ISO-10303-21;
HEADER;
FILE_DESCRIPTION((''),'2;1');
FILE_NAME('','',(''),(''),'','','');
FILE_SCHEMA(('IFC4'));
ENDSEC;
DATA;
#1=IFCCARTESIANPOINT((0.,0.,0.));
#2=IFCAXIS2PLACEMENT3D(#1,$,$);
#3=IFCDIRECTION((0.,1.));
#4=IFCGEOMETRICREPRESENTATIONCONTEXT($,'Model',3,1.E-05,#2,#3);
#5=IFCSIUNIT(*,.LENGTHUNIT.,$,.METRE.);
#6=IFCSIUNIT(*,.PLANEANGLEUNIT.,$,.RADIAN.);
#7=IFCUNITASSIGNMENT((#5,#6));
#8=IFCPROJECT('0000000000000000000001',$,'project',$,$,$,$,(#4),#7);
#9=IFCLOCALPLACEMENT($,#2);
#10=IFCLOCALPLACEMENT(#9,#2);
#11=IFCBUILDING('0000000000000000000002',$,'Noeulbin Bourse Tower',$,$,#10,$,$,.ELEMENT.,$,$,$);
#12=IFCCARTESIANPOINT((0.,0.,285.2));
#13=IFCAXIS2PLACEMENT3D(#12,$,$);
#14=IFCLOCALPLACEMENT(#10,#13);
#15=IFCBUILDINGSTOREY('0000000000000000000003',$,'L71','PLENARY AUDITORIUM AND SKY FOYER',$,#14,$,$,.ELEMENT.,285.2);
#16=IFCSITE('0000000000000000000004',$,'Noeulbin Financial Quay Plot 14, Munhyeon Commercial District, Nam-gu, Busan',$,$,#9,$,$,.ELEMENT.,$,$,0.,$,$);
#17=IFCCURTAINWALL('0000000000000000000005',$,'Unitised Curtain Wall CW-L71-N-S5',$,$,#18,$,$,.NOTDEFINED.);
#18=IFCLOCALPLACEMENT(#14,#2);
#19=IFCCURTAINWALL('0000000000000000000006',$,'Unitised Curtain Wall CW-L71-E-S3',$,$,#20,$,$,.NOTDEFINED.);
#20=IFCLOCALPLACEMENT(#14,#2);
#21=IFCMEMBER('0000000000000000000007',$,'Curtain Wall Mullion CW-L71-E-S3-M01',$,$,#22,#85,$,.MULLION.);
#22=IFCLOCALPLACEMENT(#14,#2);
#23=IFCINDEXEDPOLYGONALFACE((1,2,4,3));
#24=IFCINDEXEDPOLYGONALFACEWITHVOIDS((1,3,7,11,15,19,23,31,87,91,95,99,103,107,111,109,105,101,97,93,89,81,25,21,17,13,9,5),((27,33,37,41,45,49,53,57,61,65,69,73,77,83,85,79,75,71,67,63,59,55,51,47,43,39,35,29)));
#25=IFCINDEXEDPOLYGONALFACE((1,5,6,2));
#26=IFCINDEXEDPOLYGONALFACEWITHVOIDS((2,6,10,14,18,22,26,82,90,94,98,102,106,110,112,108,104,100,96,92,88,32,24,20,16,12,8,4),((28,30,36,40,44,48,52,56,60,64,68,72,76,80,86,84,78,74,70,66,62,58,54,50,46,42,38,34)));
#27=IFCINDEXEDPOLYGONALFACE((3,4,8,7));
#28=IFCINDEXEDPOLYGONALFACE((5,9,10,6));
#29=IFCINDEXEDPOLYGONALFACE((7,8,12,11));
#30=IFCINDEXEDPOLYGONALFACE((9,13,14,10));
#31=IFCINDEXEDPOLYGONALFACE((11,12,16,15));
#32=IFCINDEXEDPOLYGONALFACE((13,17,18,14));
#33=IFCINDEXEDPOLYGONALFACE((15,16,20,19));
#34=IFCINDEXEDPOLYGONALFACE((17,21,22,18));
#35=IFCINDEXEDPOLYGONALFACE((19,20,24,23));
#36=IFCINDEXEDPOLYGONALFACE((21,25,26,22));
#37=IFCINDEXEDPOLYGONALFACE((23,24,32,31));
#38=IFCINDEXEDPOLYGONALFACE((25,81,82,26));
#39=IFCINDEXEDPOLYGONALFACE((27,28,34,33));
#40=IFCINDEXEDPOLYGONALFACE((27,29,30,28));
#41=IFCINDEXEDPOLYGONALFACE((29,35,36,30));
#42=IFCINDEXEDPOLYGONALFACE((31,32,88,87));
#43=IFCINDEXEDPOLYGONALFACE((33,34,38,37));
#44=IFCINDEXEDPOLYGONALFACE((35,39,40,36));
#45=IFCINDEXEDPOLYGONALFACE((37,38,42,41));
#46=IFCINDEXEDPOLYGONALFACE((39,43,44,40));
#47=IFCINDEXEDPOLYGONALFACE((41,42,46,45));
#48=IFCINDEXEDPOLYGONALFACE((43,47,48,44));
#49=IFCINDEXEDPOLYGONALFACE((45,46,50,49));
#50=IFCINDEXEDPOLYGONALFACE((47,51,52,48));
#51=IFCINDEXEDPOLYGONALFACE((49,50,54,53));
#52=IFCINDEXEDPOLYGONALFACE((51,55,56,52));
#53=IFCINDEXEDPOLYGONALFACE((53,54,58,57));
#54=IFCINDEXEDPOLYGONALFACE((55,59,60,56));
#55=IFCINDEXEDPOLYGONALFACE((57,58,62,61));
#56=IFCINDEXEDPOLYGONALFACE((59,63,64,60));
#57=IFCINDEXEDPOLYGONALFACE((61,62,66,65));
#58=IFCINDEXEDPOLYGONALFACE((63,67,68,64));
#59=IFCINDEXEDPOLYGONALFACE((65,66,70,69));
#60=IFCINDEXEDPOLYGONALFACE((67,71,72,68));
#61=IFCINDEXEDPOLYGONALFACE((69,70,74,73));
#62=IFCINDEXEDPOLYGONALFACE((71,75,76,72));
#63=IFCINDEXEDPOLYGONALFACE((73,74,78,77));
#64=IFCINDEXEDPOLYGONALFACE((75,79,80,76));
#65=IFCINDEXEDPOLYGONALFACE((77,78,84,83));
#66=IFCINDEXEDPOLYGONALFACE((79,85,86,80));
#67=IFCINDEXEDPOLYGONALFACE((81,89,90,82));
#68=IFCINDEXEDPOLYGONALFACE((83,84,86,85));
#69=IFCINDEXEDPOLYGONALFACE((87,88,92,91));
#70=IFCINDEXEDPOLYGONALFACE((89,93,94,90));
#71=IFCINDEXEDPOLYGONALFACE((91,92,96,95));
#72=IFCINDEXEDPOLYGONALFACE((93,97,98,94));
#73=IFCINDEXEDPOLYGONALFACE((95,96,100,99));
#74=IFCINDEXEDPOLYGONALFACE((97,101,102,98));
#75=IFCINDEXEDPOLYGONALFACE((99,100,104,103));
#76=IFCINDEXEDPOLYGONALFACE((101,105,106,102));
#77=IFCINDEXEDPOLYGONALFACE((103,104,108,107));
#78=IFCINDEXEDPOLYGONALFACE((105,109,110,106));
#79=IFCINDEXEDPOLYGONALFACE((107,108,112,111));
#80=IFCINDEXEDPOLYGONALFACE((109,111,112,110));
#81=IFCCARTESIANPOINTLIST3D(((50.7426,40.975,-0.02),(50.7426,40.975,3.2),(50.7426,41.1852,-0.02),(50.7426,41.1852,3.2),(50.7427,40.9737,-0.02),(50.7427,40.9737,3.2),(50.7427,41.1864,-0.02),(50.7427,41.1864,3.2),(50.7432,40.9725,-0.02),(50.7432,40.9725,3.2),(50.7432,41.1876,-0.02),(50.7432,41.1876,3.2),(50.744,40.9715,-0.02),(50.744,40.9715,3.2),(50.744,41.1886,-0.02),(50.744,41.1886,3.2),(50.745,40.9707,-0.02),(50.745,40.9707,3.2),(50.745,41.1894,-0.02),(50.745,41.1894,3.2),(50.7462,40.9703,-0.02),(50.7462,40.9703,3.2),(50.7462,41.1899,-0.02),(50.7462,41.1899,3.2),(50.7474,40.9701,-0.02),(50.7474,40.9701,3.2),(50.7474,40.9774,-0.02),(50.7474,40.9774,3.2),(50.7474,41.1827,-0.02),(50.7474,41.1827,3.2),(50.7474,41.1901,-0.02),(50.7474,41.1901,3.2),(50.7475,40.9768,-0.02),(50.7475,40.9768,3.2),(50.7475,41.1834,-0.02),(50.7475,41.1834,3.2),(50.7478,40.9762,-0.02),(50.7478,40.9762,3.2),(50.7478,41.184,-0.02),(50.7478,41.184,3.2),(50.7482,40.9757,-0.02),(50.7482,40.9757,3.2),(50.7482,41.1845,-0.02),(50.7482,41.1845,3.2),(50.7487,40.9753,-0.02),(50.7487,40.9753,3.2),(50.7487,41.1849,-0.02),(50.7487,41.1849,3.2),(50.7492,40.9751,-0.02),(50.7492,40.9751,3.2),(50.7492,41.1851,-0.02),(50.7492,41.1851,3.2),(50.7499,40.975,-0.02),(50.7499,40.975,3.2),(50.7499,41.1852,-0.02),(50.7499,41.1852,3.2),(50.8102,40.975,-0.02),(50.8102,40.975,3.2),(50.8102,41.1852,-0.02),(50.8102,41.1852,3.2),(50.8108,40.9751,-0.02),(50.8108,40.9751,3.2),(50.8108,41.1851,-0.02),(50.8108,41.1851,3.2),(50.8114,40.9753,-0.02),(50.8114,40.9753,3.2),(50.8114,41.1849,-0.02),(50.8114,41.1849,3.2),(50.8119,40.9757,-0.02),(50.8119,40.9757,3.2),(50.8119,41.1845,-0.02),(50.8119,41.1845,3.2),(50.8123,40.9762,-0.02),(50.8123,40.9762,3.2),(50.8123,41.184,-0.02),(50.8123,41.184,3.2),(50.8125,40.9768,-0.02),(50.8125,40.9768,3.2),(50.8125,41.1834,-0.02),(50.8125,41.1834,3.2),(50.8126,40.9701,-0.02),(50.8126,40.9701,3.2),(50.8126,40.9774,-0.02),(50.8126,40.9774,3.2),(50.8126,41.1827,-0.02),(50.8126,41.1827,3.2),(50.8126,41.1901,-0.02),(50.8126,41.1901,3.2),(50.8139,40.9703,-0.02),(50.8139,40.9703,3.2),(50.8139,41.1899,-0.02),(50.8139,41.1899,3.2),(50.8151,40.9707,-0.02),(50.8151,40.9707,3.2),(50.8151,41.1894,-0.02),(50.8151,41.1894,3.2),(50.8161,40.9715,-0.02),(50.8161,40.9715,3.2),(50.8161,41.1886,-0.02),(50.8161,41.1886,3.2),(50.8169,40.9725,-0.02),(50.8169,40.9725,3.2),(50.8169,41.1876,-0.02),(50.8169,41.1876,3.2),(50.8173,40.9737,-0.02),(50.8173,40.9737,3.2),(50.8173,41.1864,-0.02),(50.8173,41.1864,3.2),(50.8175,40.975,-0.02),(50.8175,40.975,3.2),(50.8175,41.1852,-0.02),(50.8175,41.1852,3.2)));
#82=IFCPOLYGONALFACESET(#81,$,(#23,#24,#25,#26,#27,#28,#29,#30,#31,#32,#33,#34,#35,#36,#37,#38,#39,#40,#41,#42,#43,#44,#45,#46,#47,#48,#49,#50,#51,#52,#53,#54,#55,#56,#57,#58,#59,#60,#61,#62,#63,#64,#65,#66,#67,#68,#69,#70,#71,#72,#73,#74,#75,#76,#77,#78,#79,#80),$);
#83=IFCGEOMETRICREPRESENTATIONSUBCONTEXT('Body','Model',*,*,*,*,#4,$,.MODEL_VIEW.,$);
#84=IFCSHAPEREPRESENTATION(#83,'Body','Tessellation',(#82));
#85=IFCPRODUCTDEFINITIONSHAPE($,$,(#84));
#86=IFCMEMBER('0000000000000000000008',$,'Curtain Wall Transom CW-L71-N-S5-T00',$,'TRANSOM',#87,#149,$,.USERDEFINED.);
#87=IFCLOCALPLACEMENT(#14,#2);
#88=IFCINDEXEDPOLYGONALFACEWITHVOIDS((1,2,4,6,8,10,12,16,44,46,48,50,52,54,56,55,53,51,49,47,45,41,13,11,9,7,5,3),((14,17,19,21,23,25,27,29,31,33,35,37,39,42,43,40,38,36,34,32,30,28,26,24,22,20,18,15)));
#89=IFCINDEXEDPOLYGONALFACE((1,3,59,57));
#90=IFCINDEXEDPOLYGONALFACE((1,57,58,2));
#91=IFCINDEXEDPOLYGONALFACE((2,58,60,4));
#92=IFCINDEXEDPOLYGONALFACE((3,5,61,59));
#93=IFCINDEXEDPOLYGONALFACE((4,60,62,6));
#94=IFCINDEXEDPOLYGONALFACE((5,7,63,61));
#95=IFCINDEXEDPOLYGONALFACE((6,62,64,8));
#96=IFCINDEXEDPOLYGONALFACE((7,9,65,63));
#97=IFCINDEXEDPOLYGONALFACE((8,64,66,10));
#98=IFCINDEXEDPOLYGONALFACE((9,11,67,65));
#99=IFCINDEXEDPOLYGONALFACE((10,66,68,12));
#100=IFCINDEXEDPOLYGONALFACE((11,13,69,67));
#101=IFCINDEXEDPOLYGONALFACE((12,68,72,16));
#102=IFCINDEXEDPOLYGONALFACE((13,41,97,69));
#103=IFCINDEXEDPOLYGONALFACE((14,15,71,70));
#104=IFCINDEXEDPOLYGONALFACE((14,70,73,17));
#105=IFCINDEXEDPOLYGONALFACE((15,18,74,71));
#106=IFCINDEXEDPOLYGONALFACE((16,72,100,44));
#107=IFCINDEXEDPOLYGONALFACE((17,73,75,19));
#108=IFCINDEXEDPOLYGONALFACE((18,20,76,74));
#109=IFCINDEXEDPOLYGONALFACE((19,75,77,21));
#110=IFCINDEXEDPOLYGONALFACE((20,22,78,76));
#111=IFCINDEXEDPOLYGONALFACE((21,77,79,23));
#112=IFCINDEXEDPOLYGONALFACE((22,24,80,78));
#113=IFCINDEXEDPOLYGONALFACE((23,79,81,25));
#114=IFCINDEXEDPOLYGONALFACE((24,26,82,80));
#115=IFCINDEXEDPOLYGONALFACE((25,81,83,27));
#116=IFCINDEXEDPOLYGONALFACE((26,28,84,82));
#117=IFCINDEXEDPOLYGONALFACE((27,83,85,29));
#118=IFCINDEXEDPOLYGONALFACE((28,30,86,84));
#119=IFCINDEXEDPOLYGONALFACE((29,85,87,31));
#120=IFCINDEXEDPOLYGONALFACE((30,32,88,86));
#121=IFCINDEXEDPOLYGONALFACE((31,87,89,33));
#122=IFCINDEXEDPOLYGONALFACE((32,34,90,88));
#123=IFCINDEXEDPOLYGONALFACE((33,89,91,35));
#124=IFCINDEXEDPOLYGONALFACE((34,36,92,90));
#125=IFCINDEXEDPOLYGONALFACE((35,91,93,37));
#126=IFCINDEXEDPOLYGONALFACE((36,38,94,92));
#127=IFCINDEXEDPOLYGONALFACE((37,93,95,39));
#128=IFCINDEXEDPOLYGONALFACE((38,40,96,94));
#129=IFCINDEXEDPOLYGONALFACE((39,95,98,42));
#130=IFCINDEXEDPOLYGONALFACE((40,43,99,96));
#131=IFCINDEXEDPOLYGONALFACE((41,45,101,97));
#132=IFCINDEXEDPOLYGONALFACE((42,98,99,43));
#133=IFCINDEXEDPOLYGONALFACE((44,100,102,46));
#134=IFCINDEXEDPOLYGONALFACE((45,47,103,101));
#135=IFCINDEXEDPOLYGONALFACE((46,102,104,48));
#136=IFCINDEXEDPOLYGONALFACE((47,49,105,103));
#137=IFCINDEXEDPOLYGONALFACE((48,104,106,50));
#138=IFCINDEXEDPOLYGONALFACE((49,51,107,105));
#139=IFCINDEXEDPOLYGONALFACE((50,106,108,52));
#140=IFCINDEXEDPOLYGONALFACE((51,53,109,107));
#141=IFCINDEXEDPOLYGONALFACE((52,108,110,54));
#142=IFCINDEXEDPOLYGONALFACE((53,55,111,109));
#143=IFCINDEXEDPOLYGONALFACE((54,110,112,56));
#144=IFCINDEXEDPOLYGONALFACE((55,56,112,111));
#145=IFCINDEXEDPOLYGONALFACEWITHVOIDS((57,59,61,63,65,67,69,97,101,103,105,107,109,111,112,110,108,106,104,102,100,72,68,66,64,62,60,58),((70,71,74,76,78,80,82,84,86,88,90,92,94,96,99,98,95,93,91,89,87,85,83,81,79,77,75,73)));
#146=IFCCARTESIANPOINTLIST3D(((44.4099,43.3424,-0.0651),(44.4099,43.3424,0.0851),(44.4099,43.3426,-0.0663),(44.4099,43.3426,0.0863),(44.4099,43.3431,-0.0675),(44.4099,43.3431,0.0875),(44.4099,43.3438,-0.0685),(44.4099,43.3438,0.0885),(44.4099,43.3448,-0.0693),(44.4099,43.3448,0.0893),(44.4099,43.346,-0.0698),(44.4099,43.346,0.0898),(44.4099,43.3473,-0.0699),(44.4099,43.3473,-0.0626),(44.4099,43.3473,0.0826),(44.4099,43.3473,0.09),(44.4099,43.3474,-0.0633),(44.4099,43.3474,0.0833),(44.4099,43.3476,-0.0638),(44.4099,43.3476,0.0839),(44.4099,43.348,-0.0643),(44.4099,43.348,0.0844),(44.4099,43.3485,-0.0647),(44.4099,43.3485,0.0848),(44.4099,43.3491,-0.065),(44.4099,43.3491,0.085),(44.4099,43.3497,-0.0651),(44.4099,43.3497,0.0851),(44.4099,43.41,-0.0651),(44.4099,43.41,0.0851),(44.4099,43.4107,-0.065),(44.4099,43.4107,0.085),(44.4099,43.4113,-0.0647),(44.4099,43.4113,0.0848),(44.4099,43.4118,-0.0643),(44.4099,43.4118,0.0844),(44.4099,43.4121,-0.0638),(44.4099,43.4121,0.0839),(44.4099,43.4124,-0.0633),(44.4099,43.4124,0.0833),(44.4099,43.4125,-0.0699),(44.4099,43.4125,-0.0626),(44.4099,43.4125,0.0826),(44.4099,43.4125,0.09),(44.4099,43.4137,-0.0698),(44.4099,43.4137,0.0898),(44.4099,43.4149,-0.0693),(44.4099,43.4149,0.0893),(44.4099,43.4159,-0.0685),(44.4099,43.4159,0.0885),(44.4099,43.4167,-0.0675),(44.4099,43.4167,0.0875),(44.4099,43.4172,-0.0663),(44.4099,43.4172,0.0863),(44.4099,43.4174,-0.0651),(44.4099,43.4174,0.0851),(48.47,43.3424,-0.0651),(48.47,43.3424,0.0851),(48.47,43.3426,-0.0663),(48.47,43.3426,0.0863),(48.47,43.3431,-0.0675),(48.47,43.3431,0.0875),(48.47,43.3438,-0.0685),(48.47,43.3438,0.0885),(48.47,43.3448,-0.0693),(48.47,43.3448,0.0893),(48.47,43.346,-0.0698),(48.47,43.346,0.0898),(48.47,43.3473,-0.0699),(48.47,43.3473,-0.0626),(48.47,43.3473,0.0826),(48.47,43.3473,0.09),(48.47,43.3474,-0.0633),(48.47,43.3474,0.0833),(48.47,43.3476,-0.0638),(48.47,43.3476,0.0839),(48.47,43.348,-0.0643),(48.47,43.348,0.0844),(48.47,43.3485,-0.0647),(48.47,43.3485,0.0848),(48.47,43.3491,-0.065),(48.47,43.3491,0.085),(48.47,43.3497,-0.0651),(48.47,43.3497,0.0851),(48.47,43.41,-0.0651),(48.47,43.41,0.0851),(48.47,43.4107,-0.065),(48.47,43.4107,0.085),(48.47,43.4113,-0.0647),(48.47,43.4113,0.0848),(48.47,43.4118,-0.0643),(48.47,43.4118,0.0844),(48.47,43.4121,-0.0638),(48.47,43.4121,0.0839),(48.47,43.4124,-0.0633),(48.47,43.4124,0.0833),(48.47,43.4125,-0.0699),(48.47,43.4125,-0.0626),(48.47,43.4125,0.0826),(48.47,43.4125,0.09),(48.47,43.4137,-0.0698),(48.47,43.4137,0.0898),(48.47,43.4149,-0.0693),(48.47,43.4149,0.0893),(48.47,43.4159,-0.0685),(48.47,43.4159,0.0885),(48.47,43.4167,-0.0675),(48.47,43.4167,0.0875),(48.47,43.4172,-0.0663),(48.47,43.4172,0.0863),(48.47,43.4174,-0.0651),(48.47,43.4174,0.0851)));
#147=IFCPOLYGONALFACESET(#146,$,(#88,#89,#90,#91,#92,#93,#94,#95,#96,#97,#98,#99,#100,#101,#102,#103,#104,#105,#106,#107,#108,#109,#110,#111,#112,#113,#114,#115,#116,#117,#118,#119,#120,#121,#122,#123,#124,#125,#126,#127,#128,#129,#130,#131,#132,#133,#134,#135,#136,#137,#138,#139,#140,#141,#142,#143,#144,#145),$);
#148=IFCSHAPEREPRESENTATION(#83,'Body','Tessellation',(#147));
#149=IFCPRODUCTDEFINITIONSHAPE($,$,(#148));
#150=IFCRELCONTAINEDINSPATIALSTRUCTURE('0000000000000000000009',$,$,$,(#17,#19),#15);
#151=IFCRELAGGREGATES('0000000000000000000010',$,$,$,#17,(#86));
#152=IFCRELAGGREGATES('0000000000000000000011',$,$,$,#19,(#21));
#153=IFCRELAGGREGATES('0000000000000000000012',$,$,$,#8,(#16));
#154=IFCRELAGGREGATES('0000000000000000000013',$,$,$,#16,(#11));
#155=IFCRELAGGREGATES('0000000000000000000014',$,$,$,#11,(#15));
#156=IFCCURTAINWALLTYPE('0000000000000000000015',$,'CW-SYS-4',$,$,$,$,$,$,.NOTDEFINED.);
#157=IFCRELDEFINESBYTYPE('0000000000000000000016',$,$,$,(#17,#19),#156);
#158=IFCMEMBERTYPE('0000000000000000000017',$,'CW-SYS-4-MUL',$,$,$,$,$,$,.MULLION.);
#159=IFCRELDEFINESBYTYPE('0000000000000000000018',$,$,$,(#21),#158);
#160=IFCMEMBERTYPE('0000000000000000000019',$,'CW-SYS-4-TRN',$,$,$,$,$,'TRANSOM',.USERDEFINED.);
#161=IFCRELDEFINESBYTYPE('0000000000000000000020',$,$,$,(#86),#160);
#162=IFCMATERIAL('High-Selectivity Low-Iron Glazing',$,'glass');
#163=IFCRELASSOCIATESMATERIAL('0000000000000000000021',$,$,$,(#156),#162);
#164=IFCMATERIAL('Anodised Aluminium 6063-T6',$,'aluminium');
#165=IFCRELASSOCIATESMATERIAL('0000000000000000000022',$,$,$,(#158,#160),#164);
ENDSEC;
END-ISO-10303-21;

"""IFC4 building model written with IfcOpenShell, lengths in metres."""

from ifc_helpers import new_model, si_unit, direction, frame, origin, origin_2d, place, context, subcontext, project, spatial, hollow_rectangle, extrude, material, material_profile, profile_set, type_object, element, aggregate, save


model = new_model("IFC4")

# Units and contexts
model_context = context("Model", 3, precision=1e-05, world=origin(), true_north=direction((0.0, 1.0)))
body_context = subcontext(model_context, "Body", "Model", "MODEL_VIEW")
ifc_project = project(units=[si_unit("LENGTHUNIT", "METRE"), si_unit("PLANEANGLEUNIT", "RADIAN")], contexts=[model_context])

# Site, building, storey
site_placement = place(None, origin())
site = spatial("IfcSite", under=ifc_project, at=site_placement, Name="Noeulbin Financial Quay Plot 14, Munhyeon Commercial District, Nam-gu, Busan", CompositionType="ELEMENT", RefElevation=0.0)
building_placement = place(site_placement, origin())
building = spatial("IfcBuilding", under=site, at=building_placement, Name="Noeulbin Bourse Tower", CompositionType="ELEMENT")
storey_placement = place(building_placement, frame((0.0, 0.0, 285.2)))
storey = spatial("IfcBuildingStorey", under=building, at=storey_placement, Name="L71", Description="PLENARY AUDITORIUM AND SKY FOYER", CompositionType="ELEMENT", Elevation=285.2)

# Shared definitions
ifc_material_1 = material(Name="High-Selectivity Low-Iron Glazing", Category="glass")
curtain_wall_type = type_object("IfcCurtainWallType", Name="CW-SYS-4", PredefinedType="NOTDEFINED", material=ifc_material_1)
ifc_material_2 = material(Name="Anodised Aluminium 6063-T6", Category="aluminium")
ifc_material_profile_1 = material_profile(ifc_material_2, hollow_rectangle(XDim=0.075, YDim=0.22, WallThickness=0.0049, InnerFilletRadius=0.0024, OuterFilletRadius=0.0049, at=origin_2d()), Name="ALU-MULL-75x220x5", Category="LoadBearing")
ifc_profile_set_1 = profile_set([ifc_material_profile_1], Name="Anodised Aluminium 6063-T6")
member_type_1 = type_object("IfcMemberType", Name="CW-SYS-4-MUL", PredefinedType="MULLION", material=ifc_profile_set_1)

# Curtain walls, member
curtain_wall_1_placement = place(storey_placement, origin())
curtain_wall_1 = element("IfcCurtainWall", 1, at=curtain_wall_1_placement, inside=storey, type_object=curtain_wall_type, Name="Unitised Curtain Wall CW-L71-N-S5", PredefinedType="NOTDEFINED")
curtain_wall_2_placement = place(storey_placement, origin())
curtain_wall_2 = element("IfcCurtainWall", 2, at=curtain_wall_2_placement, inside=storey, type_object=curtain_wall_type, Name="Unitised Curtain Wall CW-L71-E-S3", PredefinedType="NOTDEFINED")
member_1_placement = place(storey_placement, frame((50.78, 41.0801, -0.02), z_axis=(0.0, 0.0, 1.0), x_axis=(1.0, 0.0, 0.0)))
member_1 = element("IfcMember", 3, at=member_1_placement, type_object=member_type_1, Name="Curtain Wall Mullion CW-L71-E-S3-M01", PredefinedType="MULLION", context=body_context, shape_type="SweptSolid", body=[
    extrude(hollow_rectangle(XDim=0.075, YDim=0.22, WallThickness=0.0049, InnerFilletRadius=0.0024, OuterFilletRadius=0.0049, at=origin_2d()), origin(), (0.0, 0.0, 1.0), 3.22),
])

# Member
ifc_material_profile_2 = material_profile(ifc_material_2, hollow_rectangle(XDim=0.075, YDim=0.1599, WallThickness=0.0049, InnerFilletRadius=0.0024, OuterFilletRadius=0.0049, at=origin_2d()), Name="ALU-TRAN-75x160x5", Category="LoadBearing")
ifc_profile_set_2 = profile_set([ifc_material_profile_2], Name="Anodised Aluminium 6063-T6")
member_type_2 = type_object("IfcMemberType", Name="CW-SYS-4-TRN", ElementType="TRANSOM", PredefinedType="USERDEFINED", material=ifc_profile_set_2)
member_2_placement = place(storey_placement, frame((44.4099, 43.3799, 0.01), z_axis=(1.0, 0.0, 0.0), x_axis=(0.0, 1.0, 0.0)))
member_2 = element("IfcMember", 4, at=member_2_placement, type_object=member_type_2, Name="Curtain Wall Transom CW-L71-N-S5-T00", ObjectType="TRANSOM", PredefinedType="USERDEFINED", context=body_context, shape_type="SweptSolid", body=[
    extrude(hollow_rectangle(XDim=0.075, YDim=0.1599, WallThickness=0.0049, InnerFilletRadius=0.0024, OuterFilletRadius=0.0049, at=origin_2d()), origin(), (0.0, 0.0, 1.0), 4.0601),
])

aggregate(curtain_wall_1, [member_2])
aggregate(curtain_wall_2, [member_1])

save(model, "model.ifc")
